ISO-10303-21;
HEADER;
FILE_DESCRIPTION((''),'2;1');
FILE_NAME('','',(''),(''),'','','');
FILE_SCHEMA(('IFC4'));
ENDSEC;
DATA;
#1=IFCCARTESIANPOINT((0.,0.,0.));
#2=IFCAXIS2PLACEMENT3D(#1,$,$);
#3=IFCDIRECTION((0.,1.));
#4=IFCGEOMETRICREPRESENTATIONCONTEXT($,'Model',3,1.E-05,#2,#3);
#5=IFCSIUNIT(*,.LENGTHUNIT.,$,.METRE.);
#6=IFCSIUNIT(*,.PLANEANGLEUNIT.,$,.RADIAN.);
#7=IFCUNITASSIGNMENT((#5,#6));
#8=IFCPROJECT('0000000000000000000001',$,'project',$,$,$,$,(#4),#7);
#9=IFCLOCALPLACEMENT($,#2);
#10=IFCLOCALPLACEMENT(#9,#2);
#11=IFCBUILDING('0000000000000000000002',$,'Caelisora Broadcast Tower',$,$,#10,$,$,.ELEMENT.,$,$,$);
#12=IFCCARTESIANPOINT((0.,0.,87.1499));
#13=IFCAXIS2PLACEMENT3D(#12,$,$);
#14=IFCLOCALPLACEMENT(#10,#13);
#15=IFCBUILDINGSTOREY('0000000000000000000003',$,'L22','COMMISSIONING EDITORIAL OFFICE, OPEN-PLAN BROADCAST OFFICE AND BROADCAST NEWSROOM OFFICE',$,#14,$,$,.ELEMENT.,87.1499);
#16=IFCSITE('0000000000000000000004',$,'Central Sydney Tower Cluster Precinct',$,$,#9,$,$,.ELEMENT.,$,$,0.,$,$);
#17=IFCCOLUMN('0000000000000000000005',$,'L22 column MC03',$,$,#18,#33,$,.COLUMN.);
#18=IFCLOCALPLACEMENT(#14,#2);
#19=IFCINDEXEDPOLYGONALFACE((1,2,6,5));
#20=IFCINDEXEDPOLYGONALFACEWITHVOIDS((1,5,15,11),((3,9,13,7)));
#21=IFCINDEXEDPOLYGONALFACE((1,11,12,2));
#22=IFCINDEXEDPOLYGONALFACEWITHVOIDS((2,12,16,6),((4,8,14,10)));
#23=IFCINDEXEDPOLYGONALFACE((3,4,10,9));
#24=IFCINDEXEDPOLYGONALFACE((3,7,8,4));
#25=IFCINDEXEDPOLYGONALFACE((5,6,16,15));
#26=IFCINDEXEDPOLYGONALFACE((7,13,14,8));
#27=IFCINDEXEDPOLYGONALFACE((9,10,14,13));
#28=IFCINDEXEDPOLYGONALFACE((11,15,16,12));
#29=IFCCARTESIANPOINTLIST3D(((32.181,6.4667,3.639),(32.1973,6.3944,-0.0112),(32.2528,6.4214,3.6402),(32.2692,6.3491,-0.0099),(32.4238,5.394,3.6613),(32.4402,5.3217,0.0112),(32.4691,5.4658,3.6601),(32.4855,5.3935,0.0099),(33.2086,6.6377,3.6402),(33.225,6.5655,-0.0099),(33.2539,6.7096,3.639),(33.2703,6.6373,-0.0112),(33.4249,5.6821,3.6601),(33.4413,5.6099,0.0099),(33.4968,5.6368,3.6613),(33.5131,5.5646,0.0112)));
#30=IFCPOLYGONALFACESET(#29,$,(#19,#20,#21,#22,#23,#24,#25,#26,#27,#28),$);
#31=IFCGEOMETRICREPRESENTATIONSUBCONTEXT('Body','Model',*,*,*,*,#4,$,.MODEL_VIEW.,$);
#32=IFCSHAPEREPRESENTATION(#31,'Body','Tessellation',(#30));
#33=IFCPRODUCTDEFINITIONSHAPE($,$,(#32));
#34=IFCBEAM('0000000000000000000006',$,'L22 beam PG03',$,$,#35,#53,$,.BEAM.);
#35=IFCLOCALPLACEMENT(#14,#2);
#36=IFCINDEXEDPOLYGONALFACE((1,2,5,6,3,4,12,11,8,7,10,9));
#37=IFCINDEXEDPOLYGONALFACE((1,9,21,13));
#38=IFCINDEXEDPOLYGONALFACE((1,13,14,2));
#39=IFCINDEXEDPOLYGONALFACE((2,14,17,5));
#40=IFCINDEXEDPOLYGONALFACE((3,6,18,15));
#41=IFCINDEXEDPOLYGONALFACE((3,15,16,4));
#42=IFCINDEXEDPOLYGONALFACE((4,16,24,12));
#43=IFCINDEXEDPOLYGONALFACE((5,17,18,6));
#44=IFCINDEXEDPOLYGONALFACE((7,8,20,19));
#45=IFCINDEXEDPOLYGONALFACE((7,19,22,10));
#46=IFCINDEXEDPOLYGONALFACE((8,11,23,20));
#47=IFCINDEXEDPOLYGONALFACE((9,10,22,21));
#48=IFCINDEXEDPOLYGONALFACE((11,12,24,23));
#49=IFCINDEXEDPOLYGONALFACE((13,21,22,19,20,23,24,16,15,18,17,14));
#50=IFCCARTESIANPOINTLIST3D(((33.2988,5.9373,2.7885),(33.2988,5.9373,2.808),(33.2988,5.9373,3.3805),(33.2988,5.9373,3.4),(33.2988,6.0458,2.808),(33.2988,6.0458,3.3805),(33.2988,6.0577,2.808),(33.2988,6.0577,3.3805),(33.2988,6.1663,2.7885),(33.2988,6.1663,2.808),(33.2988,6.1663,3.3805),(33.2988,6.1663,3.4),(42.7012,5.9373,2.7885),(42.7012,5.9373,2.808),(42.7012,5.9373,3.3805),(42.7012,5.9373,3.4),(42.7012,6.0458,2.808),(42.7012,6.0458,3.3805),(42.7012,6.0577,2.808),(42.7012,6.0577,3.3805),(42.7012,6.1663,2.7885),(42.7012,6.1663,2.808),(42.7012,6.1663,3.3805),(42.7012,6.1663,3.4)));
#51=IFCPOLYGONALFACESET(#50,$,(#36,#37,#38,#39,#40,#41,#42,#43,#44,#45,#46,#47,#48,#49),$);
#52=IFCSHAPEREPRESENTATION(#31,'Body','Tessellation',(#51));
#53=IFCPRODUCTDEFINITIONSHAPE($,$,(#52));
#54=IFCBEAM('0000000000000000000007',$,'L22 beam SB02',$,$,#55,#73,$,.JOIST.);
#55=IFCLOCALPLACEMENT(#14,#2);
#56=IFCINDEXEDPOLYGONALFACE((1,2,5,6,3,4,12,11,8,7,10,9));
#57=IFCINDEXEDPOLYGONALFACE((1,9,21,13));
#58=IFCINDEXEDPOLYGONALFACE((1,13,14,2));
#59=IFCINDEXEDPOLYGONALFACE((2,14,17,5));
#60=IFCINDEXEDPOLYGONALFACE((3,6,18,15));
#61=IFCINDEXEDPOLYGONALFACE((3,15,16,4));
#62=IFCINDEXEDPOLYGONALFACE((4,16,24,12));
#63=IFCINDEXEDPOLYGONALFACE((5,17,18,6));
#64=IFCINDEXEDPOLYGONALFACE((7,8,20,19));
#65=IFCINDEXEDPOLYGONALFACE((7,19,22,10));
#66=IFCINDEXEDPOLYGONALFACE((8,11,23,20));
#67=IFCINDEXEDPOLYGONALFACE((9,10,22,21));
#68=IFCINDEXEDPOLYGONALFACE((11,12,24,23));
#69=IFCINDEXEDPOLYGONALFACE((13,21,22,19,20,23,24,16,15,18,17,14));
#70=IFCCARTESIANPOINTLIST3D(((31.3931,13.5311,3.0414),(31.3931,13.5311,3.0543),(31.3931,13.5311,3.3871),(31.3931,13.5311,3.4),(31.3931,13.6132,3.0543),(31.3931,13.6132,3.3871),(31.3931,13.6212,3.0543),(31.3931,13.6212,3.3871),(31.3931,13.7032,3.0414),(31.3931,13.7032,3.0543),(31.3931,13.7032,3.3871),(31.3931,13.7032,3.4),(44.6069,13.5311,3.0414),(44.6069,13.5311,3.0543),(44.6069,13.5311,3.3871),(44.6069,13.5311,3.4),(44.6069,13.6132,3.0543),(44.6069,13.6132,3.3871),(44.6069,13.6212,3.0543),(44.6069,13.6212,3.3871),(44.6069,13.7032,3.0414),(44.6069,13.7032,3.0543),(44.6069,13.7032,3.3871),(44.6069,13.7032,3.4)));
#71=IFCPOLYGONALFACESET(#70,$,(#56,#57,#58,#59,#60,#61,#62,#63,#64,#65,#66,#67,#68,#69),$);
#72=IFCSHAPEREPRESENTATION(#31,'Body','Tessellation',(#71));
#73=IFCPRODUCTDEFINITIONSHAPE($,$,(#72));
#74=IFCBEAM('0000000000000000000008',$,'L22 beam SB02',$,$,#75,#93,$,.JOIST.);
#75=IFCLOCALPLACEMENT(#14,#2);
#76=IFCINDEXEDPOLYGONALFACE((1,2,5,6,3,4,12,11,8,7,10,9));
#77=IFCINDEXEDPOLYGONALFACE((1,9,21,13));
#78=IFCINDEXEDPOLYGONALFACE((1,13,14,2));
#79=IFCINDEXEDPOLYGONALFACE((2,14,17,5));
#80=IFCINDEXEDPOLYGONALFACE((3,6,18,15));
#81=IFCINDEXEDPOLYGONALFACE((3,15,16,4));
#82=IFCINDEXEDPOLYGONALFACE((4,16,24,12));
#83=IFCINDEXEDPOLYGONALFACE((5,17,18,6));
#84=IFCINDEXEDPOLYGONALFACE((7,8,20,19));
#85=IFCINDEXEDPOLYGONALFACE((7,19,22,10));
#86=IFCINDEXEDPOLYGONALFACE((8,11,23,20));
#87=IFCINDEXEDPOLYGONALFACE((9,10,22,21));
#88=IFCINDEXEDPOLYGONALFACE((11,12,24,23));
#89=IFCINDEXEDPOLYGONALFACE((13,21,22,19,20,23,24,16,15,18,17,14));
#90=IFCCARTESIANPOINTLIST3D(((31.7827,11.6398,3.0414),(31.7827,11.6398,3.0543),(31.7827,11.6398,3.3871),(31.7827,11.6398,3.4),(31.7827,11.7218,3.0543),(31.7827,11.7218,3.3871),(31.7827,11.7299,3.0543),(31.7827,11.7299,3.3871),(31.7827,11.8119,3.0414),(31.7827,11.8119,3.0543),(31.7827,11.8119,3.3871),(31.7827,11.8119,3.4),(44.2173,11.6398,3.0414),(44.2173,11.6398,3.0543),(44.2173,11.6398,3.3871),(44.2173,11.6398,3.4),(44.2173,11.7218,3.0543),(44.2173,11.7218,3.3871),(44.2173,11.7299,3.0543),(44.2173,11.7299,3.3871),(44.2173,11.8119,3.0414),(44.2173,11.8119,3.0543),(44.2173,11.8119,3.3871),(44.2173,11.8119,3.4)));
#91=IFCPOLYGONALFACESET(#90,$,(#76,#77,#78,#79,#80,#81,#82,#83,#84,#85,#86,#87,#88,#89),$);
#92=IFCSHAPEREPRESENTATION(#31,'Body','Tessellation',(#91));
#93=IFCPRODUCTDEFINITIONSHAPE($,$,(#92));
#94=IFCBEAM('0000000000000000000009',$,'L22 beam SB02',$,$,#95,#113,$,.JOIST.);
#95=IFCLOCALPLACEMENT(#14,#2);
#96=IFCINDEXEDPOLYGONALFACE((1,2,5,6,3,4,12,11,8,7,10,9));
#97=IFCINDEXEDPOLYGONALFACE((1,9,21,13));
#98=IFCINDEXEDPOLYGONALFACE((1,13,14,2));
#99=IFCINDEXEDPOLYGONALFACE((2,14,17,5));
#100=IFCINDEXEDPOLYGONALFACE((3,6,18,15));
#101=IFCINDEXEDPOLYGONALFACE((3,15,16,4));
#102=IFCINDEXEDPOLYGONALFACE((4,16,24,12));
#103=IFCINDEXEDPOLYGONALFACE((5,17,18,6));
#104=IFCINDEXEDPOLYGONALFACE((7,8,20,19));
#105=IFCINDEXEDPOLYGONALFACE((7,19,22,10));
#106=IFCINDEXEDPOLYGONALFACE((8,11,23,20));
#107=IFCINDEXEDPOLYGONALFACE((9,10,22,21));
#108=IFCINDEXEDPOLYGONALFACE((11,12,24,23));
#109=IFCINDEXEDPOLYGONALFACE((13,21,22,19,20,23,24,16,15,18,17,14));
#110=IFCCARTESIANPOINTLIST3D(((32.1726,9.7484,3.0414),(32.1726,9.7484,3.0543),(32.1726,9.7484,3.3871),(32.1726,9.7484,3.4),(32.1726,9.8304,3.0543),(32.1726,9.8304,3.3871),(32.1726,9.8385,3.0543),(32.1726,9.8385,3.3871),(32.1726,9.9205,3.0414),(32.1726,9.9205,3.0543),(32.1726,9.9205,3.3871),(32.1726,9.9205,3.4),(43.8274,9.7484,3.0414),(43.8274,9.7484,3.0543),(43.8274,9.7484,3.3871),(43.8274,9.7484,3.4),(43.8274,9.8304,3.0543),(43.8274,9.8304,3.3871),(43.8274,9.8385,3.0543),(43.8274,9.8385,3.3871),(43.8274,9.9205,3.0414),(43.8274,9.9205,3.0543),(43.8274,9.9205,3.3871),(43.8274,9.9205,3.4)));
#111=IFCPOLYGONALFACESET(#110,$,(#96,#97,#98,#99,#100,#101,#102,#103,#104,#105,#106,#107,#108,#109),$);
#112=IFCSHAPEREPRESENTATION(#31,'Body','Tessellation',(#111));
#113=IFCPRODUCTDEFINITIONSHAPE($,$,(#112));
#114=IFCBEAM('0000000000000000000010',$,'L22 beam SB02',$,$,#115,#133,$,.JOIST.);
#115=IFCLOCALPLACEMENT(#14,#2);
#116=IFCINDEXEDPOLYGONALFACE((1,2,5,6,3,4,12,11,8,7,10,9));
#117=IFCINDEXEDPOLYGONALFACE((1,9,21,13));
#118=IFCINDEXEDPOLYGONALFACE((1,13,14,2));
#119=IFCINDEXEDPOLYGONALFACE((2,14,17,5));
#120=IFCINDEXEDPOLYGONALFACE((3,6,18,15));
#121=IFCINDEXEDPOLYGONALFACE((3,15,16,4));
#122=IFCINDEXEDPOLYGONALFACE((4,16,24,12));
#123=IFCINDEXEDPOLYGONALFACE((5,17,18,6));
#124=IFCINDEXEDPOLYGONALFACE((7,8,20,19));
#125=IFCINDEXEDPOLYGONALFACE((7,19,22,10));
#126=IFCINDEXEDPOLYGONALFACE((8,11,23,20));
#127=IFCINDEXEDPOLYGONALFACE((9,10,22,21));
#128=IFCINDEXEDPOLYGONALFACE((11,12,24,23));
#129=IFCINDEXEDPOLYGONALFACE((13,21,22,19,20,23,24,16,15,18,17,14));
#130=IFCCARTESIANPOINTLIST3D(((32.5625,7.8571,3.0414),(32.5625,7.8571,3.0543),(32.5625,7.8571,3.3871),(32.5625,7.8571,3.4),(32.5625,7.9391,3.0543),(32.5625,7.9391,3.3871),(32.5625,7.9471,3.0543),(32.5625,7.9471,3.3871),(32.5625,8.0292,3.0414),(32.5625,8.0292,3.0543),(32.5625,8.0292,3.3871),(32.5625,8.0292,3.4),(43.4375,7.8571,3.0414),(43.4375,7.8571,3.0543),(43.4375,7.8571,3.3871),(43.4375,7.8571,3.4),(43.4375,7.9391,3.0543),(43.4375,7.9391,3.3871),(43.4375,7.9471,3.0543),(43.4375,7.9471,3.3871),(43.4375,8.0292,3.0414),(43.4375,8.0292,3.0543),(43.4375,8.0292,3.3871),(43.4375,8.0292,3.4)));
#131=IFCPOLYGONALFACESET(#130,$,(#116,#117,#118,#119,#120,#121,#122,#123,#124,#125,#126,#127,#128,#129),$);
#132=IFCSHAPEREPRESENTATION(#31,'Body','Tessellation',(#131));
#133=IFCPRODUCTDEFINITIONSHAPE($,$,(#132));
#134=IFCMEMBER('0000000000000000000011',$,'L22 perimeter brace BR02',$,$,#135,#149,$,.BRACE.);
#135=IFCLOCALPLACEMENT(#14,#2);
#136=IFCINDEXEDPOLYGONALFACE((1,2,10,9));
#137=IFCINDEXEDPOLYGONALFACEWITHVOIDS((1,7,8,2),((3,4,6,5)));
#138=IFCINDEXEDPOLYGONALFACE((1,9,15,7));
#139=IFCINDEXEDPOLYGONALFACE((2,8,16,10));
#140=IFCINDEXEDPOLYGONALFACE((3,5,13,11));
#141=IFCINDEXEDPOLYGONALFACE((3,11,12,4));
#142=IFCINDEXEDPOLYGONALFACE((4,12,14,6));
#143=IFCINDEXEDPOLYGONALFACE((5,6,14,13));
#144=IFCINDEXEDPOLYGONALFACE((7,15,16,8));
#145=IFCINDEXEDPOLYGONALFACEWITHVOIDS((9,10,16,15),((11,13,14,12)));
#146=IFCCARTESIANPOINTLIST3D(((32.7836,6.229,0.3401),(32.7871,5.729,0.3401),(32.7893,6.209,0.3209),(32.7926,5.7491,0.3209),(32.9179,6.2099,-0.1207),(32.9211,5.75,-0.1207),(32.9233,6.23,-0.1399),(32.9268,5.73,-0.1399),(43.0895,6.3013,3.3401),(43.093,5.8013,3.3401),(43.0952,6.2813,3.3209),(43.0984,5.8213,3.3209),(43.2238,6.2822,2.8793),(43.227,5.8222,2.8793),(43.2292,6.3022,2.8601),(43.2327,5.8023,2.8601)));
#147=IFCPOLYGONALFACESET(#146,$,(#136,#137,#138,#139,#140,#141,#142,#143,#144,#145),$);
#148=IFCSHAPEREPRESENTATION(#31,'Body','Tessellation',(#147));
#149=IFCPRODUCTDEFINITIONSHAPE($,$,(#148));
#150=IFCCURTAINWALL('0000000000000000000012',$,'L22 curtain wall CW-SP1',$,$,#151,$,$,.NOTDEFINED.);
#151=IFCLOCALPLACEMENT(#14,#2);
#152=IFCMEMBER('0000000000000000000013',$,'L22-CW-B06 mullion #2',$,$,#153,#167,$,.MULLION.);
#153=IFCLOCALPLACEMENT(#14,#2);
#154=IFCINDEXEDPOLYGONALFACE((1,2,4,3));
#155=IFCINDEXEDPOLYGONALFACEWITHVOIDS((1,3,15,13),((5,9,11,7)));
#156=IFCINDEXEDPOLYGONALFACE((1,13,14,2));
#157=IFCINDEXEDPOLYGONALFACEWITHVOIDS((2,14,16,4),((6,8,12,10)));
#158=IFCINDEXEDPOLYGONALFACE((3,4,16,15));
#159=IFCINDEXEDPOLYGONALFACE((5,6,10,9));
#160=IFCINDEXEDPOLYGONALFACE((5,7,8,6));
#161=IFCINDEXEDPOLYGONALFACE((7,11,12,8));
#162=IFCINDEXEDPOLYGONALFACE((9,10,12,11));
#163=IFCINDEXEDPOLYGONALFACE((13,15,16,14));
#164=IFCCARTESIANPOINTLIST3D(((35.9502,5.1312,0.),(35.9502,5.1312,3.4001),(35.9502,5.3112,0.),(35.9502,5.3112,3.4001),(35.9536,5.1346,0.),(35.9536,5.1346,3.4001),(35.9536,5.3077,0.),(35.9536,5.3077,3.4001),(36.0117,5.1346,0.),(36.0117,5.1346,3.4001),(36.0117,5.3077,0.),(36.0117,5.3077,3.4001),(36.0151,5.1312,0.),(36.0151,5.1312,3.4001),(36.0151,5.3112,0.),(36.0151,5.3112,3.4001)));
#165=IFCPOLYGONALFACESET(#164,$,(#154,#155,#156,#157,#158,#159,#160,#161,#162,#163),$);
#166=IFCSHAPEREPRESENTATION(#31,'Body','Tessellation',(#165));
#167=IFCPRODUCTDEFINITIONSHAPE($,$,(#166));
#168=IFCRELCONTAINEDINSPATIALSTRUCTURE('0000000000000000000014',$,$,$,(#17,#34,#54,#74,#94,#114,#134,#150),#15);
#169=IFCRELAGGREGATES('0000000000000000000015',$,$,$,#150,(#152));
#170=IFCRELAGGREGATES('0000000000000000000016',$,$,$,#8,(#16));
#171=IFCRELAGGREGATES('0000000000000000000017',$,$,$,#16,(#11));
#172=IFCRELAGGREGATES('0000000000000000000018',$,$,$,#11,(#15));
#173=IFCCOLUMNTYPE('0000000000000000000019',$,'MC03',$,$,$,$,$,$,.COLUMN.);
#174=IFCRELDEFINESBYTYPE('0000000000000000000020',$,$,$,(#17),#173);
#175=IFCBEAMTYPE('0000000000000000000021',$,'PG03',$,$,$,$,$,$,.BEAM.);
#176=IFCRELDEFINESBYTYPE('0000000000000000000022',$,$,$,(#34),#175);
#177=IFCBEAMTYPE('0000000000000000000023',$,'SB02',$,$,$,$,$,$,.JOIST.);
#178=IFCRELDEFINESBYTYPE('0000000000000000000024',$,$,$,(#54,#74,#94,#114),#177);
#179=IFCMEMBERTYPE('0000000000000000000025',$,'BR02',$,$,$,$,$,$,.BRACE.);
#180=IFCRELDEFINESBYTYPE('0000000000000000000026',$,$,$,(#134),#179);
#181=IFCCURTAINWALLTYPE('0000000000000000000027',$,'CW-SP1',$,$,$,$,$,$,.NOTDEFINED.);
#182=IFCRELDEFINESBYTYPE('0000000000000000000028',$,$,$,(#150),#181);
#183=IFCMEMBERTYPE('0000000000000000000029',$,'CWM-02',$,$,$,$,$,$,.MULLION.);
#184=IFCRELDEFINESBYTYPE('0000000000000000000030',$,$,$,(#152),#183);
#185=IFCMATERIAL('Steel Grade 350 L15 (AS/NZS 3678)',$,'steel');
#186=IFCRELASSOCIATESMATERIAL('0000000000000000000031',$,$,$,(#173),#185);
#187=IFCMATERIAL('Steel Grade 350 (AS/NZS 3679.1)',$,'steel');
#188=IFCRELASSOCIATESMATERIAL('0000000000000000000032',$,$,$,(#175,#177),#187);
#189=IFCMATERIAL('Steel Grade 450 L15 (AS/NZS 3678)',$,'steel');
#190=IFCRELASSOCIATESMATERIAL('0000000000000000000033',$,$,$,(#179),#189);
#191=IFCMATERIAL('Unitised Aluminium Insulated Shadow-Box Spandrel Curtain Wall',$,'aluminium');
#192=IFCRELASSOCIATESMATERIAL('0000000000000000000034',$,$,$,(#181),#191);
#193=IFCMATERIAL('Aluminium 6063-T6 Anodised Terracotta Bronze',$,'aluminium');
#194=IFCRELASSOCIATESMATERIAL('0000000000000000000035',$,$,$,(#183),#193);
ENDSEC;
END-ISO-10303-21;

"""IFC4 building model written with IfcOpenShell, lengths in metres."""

from ifc_helpers import new_model, si_unit, direction, frame, origin, origin_2d, place, context, subcontext, project, spatial, hollow_rectangle, i_section, extrude, source, transform, mapped, material, material_profile, profile_set, type_object, type_shapes, element, aggregate, save


model = new_model("IFC4")

# Units and contexts
model_context = context("Model", 3, precision=1e-05, world=origin(), true_north=direction((0.0, 1.0)))
body_context = subcontext(model_context, "Body", "Model", "MODEL_VIEW")
ifc_project = project(units=[si_unit("LENGTHUNIT", "METRE"), si_unit("PLANEANGLEUNIT", "RADIAN")], contexts=[model_context])

# Site, building, storey
site_placement = place(None, origin())
site = spatial("IfcSite", under=ifc_project, at=site_placement, Name="Central Sydney Tower Cluster Precinct", CompositionType="ELEMENT", RefElevation=0.0)
building_placement = place(site_placement, origin())
building = spatial("IfcBuilding", under=site, at=building_placement, Name="Caelisora Broadcast Tower", CompositionType="ELEMENT")
storey_placement = place(building_placement, frame((0.0, 0.0, 87.1499)))
storey = spatial("IfcBuildingStorey", under=building, at=storey_placement, Name="L22", Description="COMMISSIONING EDITORIAL OFFICE, OPEN-PLAN BROADCAST OFFICE AND BROADCAST NEWSROOM OFFICE", CompositionType="ELEMENT", Elevation=87.1499)

# Column
ifc_material_1 = material(Name="Steel Grade 350 L15 (AS/NZS 3678)", Category="steel")
ifc_material_profile_1 = material_profile(ifc_material_1, hollow_rectangle(XDim=1.1001, YDim=1.1001, WallThickness=0.0601, at=origin_2d()), Name="Steel Grade 350 L15 (AS/NZS 3678)")
ifc_profile_set_1 = profile_set([ifc_material_profile_1], Name="Steel Grade 350 L15 (AS/NZS 3678)")
column_type = type_object("IfcColumnType", Name="MC03", PredefinedType="COLUMN", material=ifc_profile_set_1)
shared_shape_1 = source(origin(), body_context, "Body", "SweptSolid", [
    extrude(hollow_rectangle(XDim=1.1001, YDim=1.1001, WallThickness=0.0601, at=origin_2d()), origin(), (0.0, 0.0, 1.0), 3.6509),
])
type_shapes(column_type, [shared_shape_1])
column_placement = place(storey_placement, frame((32.8552, 5.9795, 0.0), z_axis=(-0.00448, 0.019794, 0.999794), x_axis=(-0.975327, -0.220767, 0.0)))
element("IfcColumn", 1, at=column_placement, inside=storey, type_object=column_type, Name="L22 column MC03", PredefinedType="COLUMN", context=body_context, shape_type="MappedRepresentation", body=[
    mapped(shared_shape_1, transform((0.0, 0.0, 0.0), scale=1.0)),
])

# Beams
ifc_material_2 = material(Name="Steel Grade 350 (AS/NZS 3679.1)", Category="steel")
ifc_material_profile_2 = material_profile(ifc_material_2, i_section(OverallWidth=0.229, OverallDepth=0.6116, WebThickness=0.012, FlangeThickness=0.0195, at=origin_2d()), Name="Steel Grade 350 (AS/NZS 3679.1)")
ifc_profile_set_2 = profile_set([ifc_material_profile_2], Name="Steel Grade 350 (AS/NZS 3679.1)")
beam_type_1 = type_object("IfcBeamType", Name="PG03", PredefinedType="BEAM", material=ifc_profile_set_2)
shared_shape_2 = source(origin(), body_context, "Body", "SweptSolid", [
    extrude(i_section(OverallWidth=0.229, OverallDepth=0.6116, WebThickness=0.012, FlangeThickness=0.0195, at=origin_2d()), origin(), (0.0, 0.0, 1.0), 9.4023),
])
type_shapes(beam_type_1, [shared_shape_2])
beam_1_placement = place(storey_placement, frame((33.2988, 6.0518, 3.0942), z_axis=(1.0, 0.0, 0.0), x_axis=(0.0, 1.0, 0.0)))
element("IfcBeam", 2, at=beam_1_placement, inside=storey, type_object=beam_type_1, Name="L22 beam PG03", PredefinedType="BEAM", context=body_context, shape_type="MappedRepresentation", body=[
    mapped(shared_shape_2, transform((0.0, 0.0, 0.0), scale=1.0)),
])
ifc_material_profile_3 = material_profile(ifc_material_2, i_section(OverallWidth=0.1721, OverallDepth=0.3586, WebThickness=0.0081, FlangeThickness=0.0129, at=origin_2d()), Name="Steel Grade 350 (AS/NZS 3679.1)")
ifc_profile_set_3 = profile_set([ifc_material_profile_3], Name="Steel Grade 350 (AS/NZS 3679.1)")
beam_type_2 = type_object("IfcBeamType", Name="SB02", PredefinedType="JOIST", material=ifc_profile_set_3)
shared_shape_3 = source(origin(), body_context, "Body", "SweptSolid", [
    extrude(i_section(OverallWidth=0.1721, OverallDepth=0.3586, WebThickness=0.0081, FlangeThickness=0.0129, at=origin_2d()), origin(), (0.0, 0.0, 1.0), 13.2139),
])
beam_2_placement = place(storey_placement, frame((31.3931, 13.6172, 3.2207), z_axis=(1.0, 0.0, 0.0), x_axis=(0.0, 1.0, 0.0)))
element("IfcBeam", 3, at=beam_2_placement, inside=storey, type_object=beam_type_2, Name="L22 beam SB02", PredefinedType="JOIST", context=body_context, shape_type="MappedRepresentation", body=[
    mapped(shared_shape_3, transform((0.0, 0.0, 0.0), scale=1.0)),
])
shared_shape_4 = source(origin(), body_context, "Body", "SweptSolid", [
    extrude(i_section(OverallWidth=0.1721, OverallDepth=0.3586, WebThickness=0.0081, FlangeThickness=0.0129, at=origin_2d()), origin(), (0.0, 0.0, 1.0), 12.4346),
])
beam_3_placement = place(storey_placement, frame((31.7827, 11.7258, 3.2207), z_axis=(1.0, 0.0, 0.0), x_axis=(0.0, 1.0, 0.0)))
element("IfcBeam", 4, at=beam_3_placement, inside=storey, type_object=beam_type_2, Name="L22 beam SB02", PredefinedType="JOIST", context=body_context, shape_type="MappedRepresentation", body=[
    mapped(shared_shape_4, transform((0.0, 0.0, 0.0), scale=1.0)),
])
shared_shape_5 = source(origin(), body_context, "Body", "SweptSolid", [
    extrude(i_section(OverallWidth=0.1721, OverallDepth=0.3586, WebThickness=0.0081, FlangeThickness=0.0129, at=origin_2d()), origin(), (0.0, 0.0, 1.0), 11.6548),
])
beam_4_placement = place(storey_placement, frame((32.1726, 9.8345, 3.2207), z_axis=(1.0, 0.0, 0.0), x_axis=(0.0, 1.0, 0.0)))
element("IfcBeam", 5, at=beam_4_placement, inside=storey, type_object=beam_type_2, Name="L22 beam SB02", PredefinedType="JOIST", context=body_context, shape_type="MappedRepresentation", body=[
    mapped(shared_shape_5, transform((0.0, 0.0, 0.0), scale=1.0)),
])
shared_shape_6 = source(origin(), body_context, "Body", "SweptSolid", [
    extrude(i_section(OverallWidth=0.1721, OverallDepth=0.3586, WebThickness=0.0081, FlangeThickness=0.0129, at=origin_2d()), origin(), (0.0, 0.0, 1.0), 10.875),
])
type_shapes(beam_type_2, [shared_shape_3, shared_shape_4, shared_shape_5, shared_shape_6])
beam_5_placement = place(storey_placement, frame((32.5625, 7.9431, 3.2207), z_axis=(1.0, 0.0, 0.0), x_axis=(0.0, 1.0, 0.0)))
element("IfcBeam", 6, at=beam_5_placement, inside=storey, type_object=beam_type_2, Name="L22 beam SB02", PredefinedType="JOIST", context=body_context, shape_type="MappedRepresentation", body=[
    mapped(shared_shape_6, transform((0.0, 0.0, 0.0), scale=1.0)),
])

# Member
ifc_material_3 = material(Name="Steel Grade 450 L15 (AS/NZS 3678)", Category="steel")
ifc_material_profile_4 = material_profile(ifc_material_3, hollow_rectangle(XDim=0.5, YDim=0.5, WallThickness=0.02, at=origin_2d()), Name="Steel Grade 450 L15 (AS/NZS 3678)")
ifc_profile_set_4 = profile_set([ifc_material_profile_4], Name="Steel Grade 450 L15 (AS/NZS 3678)")
member_type_1 = type_object("IfcMemberType", Name="BR02", PredefinedType="BRACE", material=ifc_profile_set_4)
shared_shape_7 = source(origin(), body_context, "Body", "SweptSolid", [
    extrude(hollow_rectangle(XDim=0.5, YDim=0.5, WallThickness=0.02, at=origin_2d()), origin(), (0.0, 0.0, 1.0), 10.7339),
])
type_shapes(member_type_1, [shared_shape_7])
member_1_placement = place(storey_placement, frame((32.8552, 5.9795, 0.1001), z_axis=(0.960126, 0.006732, 0.279488), x_axis=(-0.007012, 0.999975, 0.0)))
element("IfcMember", 7, at=member_1_placement, inside=storey, type_object=member_type_1, Name="L22 perimeter brace BR02", PredefinedType="BRACE", context=body_context, shape_type="MappedRepresentation", body=[
    mapped(shared_shape_7, transform((0.0, 0.0, 0.0), scale=1.0)),
])

# Curtain wall, member
ifc_material_4 = material(Name="Unitised Aluminium Insulated Shadow-Box Spandrel Curtain Wall", Category="aluminium")
curtain_wall_type_1 = type_object("IfcCurtainWallType", Name="CW-SP1", PredefinedType="NOTDEFINED", material=ifc_material_4)
curtain_wall_1_placement = place(storey_placement, origin())
curtain_wall_1 = element("IfcCurtainWall", 8, at=curtain_wall_1_placement, inside=storey, type_object=curtain_wall_type_1, Name="L22 curtain wall CW-SP1", PredefinedType="NOTDEFINED")
ifc_material_5 = material(Name="Aluminium 6063-T6 Anodised Terracotta Bronze", Category="aluminium")
ifc_material_profile_5 = material_profile(ifc_material_5, hollow_rectangle(XDim=0.0649, YDim=0.1799, WallThickness=0.0034, at=origin_2d()), Name="Aluminium 6063-T6 Anodised Terracotta Bronze")
ifc_profile_set_5 = profile_set([ifc_material_profile_5], Name="Aluminium 6063-T6 Anodised Terracotta Bronze")
member_type_2 = type_object("IfcMemberType", Name="CWM-02", PredefinedType="MULLION", material=ifc_profile_set_5)
shared_shape_8 = source(origin(), body_context, "Body", "SweptSolid", [
    extrude(hollow_rectangle(XDim=0.0649, YDim=0.1799, WallThickness=0.0034, at=origin_2d()), origin(), (0.0, 0.0, 1.0), 3.4001),
])
type_shapes(member_type_2, [shared_shape_8])
member_2_placement = place(storey_placement, frame((35.9827, 5.2212, 0.0), z_axis=(0.0, 0.0, 1.0), x_axis=(1.0, 0.0, 0.0)))
member_2 = element("IfcMember", 9, at=member_2_placement, type_object=member_type_2, Name="L22-CW-B06 mullion #2", PredefinedType="MULLION", context=body_context, shape_type="MappedRepresentation", body=[
    mapped(shared_shape_8, transform((0.0, 0.0, 0.0), scale=1.0)),
])

aggregate(curtain_wall_1, [member_2])

save(model, "model.ifc")
